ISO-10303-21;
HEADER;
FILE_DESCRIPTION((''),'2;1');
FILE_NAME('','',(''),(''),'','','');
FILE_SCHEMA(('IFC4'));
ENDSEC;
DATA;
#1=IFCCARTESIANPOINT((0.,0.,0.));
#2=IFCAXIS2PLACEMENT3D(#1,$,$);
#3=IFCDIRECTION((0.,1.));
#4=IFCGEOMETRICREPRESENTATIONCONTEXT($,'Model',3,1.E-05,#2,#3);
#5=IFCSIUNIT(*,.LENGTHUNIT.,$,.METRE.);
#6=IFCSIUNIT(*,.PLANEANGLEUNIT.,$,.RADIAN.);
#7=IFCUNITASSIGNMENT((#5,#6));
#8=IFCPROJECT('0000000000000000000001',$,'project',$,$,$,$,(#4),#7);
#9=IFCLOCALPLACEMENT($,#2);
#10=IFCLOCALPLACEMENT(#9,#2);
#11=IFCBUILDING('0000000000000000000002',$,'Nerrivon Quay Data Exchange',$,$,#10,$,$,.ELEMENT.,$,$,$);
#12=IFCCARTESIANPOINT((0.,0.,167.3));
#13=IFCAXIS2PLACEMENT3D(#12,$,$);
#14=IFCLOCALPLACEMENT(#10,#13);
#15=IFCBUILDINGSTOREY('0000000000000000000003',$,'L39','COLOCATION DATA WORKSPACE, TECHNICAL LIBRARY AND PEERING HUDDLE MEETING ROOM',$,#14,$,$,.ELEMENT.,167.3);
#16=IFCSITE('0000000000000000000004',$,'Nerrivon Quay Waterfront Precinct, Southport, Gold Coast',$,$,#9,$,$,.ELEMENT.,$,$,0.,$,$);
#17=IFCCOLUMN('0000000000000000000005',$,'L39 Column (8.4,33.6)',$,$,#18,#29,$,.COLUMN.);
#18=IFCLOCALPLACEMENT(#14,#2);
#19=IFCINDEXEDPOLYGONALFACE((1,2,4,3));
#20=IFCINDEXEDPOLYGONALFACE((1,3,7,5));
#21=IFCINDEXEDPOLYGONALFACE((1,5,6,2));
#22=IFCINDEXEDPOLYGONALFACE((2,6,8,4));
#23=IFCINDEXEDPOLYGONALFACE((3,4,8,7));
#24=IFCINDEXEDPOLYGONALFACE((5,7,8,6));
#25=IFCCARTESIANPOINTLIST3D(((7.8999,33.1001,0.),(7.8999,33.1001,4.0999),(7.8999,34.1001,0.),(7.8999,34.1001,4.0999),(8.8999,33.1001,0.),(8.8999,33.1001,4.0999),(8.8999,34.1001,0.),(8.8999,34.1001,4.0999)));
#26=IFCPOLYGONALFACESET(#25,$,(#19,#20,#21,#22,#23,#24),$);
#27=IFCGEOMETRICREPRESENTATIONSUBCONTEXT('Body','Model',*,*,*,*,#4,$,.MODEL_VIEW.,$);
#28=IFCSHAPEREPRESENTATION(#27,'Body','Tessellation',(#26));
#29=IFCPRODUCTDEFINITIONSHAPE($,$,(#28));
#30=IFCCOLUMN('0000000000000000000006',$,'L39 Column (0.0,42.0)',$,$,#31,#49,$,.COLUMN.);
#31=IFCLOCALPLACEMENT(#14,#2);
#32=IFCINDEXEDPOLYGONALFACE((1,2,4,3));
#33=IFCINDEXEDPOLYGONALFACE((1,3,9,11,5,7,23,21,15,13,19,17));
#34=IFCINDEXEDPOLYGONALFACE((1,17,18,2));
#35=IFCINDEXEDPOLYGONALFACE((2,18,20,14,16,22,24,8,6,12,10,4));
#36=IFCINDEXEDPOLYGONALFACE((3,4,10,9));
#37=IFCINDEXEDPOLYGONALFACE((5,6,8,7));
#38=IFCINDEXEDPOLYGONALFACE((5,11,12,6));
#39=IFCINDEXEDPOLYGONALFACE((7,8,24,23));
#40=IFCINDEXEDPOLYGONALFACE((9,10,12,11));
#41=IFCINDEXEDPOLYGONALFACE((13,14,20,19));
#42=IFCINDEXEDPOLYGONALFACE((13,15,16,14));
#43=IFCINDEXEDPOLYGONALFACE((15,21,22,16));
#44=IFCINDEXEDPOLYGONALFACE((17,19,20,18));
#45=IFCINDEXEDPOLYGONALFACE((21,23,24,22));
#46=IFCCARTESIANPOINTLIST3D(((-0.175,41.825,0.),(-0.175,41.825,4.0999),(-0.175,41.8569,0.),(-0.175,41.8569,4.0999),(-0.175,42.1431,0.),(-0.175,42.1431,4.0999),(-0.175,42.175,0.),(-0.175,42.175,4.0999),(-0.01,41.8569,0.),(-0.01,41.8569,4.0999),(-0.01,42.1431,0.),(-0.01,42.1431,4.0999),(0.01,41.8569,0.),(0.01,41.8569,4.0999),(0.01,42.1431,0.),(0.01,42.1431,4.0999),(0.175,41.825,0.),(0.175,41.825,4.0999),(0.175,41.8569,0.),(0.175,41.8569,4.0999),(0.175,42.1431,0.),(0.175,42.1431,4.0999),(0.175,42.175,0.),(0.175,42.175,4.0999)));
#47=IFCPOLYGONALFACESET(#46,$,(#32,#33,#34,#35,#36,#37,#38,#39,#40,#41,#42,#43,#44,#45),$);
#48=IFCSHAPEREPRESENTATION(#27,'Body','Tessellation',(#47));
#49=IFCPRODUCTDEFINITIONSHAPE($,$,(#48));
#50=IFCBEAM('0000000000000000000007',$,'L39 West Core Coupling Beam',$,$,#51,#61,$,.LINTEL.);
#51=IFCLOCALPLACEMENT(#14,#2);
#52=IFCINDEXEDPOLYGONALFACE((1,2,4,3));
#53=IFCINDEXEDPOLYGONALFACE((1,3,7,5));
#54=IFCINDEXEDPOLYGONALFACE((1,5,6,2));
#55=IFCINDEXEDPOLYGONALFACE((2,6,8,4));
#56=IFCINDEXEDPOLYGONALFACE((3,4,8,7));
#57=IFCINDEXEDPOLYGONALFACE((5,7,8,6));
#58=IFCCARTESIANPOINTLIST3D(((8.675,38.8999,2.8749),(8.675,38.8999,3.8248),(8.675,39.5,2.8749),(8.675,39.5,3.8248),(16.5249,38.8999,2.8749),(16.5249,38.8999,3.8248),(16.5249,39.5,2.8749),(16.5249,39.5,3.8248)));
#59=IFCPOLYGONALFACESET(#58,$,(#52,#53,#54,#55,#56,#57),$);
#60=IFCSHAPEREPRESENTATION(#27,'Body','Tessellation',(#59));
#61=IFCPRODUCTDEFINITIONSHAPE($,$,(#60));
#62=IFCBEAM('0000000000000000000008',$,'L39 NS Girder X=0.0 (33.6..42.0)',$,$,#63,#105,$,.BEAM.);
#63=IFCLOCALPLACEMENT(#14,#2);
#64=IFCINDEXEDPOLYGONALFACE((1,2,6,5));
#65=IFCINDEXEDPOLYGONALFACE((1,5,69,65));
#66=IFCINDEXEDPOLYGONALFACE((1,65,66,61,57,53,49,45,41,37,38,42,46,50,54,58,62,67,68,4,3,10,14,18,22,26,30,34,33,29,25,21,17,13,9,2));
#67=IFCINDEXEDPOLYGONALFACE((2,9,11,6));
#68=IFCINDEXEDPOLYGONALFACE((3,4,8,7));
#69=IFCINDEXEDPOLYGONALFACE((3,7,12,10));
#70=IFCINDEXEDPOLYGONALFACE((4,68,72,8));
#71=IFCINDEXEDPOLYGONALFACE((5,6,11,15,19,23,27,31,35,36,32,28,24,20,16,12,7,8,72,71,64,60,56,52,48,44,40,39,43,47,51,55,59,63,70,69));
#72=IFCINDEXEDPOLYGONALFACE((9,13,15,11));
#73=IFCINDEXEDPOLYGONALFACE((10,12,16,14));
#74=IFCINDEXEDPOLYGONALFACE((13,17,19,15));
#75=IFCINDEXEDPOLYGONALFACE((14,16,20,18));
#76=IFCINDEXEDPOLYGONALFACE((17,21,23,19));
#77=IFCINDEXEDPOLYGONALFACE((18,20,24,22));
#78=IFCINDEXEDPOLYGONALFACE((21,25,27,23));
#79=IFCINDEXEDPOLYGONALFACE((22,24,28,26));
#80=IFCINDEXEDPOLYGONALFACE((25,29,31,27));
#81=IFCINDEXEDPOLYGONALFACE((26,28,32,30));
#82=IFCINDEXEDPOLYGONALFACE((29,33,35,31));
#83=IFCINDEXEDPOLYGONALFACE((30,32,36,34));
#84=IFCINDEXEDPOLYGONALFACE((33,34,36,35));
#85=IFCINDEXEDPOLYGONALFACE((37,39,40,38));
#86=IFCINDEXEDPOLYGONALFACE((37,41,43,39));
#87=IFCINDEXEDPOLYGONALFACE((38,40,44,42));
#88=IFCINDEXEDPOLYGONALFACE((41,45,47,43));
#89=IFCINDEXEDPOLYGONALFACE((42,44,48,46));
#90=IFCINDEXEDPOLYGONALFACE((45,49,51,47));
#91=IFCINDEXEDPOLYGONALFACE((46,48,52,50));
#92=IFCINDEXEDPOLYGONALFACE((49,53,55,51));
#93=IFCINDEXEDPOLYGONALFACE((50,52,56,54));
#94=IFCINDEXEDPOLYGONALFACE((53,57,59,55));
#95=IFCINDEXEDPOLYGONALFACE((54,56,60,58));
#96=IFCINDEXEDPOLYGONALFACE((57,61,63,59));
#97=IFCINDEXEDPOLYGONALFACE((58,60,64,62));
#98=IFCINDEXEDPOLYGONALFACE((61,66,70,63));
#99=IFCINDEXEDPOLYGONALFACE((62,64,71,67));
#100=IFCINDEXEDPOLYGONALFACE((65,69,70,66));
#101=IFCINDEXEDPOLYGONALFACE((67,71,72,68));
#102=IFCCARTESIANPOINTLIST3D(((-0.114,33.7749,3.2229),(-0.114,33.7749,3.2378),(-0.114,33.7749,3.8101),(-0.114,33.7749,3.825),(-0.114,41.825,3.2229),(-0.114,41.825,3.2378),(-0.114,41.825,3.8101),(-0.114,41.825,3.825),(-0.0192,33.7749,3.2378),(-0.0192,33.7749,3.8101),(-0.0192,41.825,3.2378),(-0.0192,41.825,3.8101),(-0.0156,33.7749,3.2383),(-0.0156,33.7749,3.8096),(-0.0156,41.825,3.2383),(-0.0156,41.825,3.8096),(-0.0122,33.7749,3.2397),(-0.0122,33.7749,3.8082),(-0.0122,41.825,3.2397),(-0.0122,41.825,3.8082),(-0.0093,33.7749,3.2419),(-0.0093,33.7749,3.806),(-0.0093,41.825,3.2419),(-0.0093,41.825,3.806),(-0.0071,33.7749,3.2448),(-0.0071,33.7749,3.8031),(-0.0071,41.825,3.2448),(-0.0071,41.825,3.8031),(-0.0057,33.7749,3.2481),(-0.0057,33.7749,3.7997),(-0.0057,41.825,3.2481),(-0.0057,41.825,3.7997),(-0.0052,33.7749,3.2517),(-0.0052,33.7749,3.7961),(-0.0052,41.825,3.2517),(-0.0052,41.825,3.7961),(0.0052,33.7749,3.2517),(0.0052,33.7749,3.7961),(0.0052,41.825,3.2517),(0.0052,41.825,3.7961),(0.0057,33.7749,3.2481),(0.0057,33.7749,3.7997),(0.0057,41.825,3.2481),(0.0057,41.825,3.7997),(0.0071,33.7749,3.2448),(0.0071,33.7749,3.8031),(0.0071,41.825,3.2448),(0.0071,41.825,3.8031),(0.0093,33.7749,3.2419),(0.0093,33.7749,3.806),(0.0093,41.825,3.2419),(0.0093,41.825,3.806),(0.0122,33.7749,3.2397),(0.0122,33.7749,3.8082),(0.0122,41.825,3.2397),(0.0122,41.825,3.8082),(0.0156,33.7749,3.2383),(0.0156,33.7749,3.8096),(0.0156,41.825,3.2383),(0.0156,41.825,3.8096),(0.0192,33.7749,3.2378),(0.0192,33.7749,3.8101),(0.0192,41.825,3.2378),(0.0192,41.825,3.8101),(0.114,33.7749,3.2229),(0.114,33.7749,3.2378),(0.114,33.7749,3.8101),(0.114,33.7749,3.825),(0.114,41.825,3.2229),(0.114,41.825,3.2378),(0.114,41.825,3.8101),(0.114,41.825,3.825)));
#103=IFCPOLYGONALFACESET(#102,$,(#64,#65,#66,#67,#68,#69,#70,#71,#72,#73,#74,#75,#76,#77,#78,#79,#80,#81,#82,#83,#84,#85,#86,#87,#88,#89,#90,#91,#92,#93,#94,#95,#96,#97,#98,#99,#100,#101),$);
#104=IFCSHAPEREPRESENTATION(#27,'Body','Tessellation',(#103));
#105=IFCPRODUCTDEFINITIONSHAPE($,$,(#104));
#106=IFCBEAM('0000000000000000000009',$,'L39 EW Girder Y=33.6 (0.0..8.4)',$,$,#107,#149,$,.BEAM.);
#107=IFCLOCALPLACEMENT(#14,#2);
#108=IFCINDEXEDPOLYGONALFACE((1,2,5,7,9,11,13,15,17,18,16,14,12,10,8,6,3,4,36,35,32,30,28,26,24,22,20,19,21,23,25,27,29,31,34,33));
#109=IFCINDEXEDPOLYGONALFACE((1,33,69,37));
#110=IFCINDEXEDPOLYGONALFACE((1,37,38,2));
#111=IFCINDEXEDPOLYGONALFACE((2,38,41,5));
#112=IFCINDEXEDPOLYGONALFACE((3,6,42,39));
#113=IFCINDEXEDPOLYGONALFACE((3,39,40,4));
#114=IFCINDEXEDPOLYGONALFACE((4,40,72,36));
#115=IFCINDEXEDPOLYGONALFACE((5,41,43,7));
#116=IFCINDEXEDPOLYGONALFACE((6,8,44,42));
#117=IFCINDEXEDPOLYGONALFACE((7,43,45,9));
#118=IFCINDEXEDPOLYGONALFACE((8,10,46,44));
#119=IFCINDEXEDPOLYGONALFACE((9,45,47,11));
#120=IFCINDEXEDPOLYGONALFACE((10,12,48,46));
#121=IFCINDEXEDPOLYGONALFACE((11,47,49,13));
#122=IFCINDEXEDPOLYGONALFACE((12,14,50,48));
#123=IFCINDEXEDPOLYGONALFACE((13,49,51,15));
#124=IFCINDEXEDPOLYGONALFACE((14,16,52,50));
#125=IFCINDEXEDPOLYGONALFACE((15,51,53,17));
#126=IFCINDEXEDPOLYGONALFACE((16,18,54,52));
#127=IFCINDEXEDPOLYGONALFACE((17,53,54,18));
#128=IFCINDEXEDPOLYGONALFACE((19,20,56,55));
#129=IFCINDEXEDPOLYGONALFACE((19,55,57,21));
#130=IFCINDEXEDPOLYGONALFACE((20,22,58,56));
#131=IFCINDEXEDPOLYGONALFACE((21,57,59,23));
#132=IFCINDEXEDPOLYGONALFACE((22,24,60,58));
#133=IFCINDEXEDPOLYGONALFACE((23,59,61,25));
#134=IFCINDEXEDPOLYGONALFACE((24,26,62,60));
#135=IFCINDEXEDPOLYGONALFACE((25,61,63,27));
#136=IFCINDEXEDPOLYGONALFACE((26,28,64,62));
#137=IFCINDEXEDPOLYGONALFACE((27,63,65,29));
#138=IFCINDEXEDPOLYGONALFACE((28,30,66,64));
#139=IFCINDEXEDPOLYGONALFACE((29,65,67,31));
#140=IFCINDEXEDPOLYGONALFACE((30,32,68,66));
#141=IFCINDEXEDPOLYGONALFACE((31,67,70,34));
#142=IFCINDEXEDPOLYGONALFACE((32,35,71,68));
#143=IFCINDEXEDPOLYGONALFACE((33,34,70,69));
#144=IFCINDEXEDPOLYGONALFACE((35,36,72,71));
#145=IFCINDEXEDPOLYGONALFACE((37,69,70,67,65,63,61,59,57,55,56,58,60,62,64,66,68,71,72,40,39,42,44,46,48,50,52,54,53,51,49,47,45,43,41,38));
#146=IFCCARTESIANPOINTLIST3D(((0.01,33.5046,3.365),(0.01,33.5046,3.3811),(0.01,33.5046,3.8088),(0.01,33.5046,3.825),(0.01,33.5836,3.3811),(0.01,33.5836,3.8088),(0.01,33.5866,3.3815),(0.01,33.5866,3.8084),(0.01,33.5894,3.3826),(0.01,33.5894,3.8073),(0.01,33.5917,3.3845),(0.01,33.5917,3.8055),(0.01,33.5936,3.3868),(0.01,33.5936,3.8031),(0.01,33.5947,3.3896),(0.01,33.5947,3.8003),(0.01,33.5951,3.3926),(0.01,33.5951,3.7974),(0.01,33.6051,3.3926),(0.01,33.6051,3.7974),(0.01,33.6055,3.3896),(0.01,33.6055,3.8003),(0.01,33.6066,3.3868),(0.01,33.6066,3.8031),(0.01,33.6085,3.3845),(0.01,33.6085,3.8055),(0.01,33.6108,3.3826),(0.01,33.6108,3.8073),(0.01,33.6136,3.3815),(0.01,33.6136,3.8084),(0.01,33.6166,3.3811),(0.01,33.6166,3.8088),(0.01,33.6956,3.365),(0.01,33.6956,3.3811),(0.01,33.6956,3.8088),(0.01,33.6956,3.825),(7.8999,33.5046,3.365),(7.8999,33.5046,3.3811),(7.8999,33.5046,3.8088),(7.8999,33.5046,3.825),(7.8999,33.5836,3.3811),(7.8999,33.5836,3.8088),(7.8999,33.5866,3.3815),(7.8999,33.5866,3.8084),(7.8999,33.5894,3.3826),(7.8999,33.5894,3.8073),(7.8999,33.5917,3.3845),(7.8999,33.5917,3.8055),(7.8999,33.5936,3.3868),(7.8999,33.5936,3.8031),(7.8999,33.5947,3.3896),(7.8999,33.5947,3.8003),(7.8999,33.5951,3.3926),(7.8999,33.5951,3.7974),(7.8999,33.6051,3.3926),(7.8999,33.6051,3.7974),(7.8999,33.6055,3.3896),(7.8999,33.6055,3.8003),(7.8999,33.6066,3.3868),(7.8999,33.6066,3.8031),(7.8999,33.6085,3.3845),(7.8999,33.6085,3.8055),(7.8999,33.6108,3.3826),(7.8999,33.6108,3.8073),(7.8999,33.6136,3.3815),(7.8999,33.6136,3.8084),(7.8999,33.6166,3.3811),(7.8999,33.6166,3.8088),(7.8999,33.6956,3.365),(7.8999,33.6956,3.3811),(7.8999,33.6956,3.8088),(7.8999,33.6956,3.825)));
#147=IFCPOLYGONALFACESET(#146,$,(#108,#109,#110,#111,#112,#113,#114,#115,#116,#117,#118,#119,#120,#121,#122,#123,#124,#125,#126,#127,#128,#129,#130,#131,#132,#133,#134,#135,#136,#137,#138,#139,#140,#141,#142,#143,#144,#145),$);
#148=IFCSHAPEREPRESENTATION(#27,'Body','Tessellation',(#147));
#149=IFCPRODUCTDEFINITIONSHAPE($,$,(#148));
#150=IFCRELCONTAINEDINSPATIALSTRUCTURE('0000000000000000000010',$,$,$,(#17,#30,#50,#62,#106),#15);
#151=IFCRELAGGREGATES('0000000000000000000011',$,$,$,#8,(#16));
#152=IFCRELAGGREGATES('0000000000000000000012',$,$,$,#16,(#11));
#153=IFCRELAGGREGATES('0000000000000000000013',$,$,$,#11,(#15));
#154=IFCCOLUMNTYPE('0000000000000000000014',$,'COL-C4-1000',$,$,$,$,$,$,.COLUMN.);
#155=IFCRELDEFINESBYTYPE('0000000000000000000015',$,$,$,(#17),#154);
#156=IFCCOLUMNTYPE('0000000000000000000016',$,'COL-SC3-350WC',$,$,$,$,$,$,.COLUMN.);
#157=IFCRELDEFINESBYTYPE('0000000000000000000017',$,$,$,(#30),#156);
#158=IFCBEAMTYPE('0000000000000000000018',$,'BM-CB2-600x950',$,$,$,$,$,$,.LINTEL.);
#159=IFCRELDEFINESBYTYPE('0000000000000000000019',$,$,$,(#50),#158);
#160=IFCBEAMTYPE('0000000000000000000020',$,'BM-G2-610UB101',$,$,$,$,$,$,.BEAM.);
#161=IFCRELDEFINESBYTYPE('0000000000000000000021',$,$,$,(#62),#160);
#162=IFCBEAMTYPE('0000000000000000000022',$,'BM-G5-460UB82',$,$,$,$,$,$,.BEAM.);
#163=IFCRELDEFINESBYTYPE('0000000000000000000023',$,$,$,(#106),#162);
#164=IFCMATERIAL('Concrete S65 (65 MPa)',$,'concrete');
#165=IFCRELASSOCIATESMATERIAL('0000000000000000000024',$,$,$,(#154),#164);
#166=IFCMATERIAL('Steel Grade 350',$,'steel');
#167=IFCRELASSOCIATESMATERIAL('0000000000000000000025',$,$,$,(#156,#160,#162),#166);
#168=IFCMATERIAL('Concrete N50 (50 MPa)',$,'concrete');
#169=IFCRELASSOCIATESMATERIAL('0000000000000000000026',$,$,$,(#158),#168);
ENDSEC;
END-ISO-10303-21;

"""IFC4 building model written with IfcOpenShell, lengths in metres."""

from ifc_helpers import new_model, si_unit, direction, frame, origin, origin_2d, place, context, subcontext, project, spatial, rectangle, i_section, extrude, material, material_profile, profile_set, type_object, element, save


model = new_model("IFC4")

# Units and contexts
model_context = context("Model", 3, precision=1e-05, world=origin(), true_north=direction((0.0, 1.0)))
body_context = subcontext(model_context, "Body", "Model", "MODEL_VIEW")
ifc_project = project(units=[si_unit("LENGTHUNIT", "METRE"), si_unit("PLANEANGLEUNIT", "RADIAN")], contexts=[model_context])

# Site, building, storey
site_placement = place(None, origin())
site = spatial("IfcSite", under=ifc_project, at=site_placement, Name="Nerrivon Quay Waterfront Precinct, Southport, Gold Coast", CompositionType="ELEMENT", RefElevation=0.0)
building_placement = place(site_placement, origin())
building = spatial("IfcBuilding", under=site, at=building_placement, Name="Nerrivon Quay Data Exchange", CompositionType="ELEMENT")
storey_placement = place(building_placement, frame((0.0, 0.0, 167.3)))
storey = spatial("IfcBuildingStorey", under=building, at=storey_placement, Name="L39", Description="COLOCATION DATA WORKSPACE, TECHNICAL LIBRARY AND PEERING HUDDLE MEETING ROOM", CompositionType="ELEMENT", Elevation=167.3)

# Columns
ifc_material_1 = material(Name="Concrete S65 (65 MPa)", Category="concrete")
ifc_material_profile_1 = material_profile(ifc_material_1, rectangle(XDim=1.0, YDim=1.0, at=origin_2d()), Name="RC-COL-1000x1000")
ifc_profile_set_1 = profile_set([ifc_material_profile_1], Name="Concrete S65 (65 MPa)")
column_type_1 = type_object("IfcColumnType", Name="COL-C4-1000", PredefinedType="COLUMN", material=ifc_profile_set_1)
column_1_placement = place(storey_placement, frame((8.3999, 33.6001, 0.0), z_axis=(0.0, 0.0, 1.0), x_axis=(1.0, 0.0, 0.0)))
element("IfcColumn", 1, at=column_1_placement, inside=storey, type_object=column_type_1, Name="L39 Column (8.4,33.6)", PredefinedType="COLUMN", context=body_context, shape_type="SweptSolid", body=[
    extrude(rectangle(XDim=1.0, YDim=1.0, at=origin_2d()), origin(), (0.0, 0.0, 1.0), 4.0999),
])
ifc_material_2 = material(Name="Steel Grade 350", Category="steel")
ifc_material_profile_2 = material_profile(ifc_material_2, i_section(OverallWidth=0.3501, OverallDepth=0.3501, WebThickness=0.02, FlangeThickness=0.032, at=origin_2d()), Name="350WC230")
ifc_profile_set_2 = profile_set([ifc_material_profile_2], Name="Steel Grade 350")
column_type_2 = type_object("IfcColumnType", Name="COL-SC3-350WC", PredefinedType="COLUMN", material=ifc_profile_set_2)
column_2_placement = place(storey_placement, frame((0.0, 42.0, 0.0), z_axis=(0.0, 0.0, 1.0), x_axis=(1.0, 0.0, 0.0)))
element("IfcColumn", 2, at=column_2_placement, inside=storey, type_object=column_type_2, Name="L39 Column (0.0,42.0)", PredefinedType="COLUMN", context=body_context, shape_type="SweptSolid", body=[
    extrude(i_section(OverallWidth=0.3501, OverallDepth=0.3501, WebThickness=0.02, FlangeThickness=0.032, at=origin_2d()), origin(), (0.0, 0.0, 1.0), 4.0999),
])

# Beams
ifc_material_3 = material(Name="Concrete N50 (50 MPa)", Category="concrete")
ifc_material_profile_3 = material_profile(ifc_material_3, rectangle(XDim=0.6001, YDim=0.95, at=origin_2d()), Name="RC-CB-600x950")
ifc_profile_set_3 = profile_set([ifc_material_profile_3], Name="Concrete N50 (50 MPa)")
beam_type_1 = type_object("IfcBeamType", Name="BM-CB2-600x950", PredefinedType="LINTEL", material=ifc_profile_set_3)
beam_1_placement = place(storey_placement, frame((8.675, 39.2, 3.3499), z_axis=(1.0, 0.0, 0.0), x_axis=(0.0, 1.0, 0.0)))
element("IfcBeam", 3, at=beam_1_placement, inside=storey, type_object=beam_type_1, Name="L39 West Core Coupling Beam", PredefinedType="LINTEL", context=body_context, shape_type="SweptSolid", body=[
    extrude(rectangle(XDim=0.6001, YDim=0.95, at=origin_2d()), origin(), (0.0, 0.0, 1.0), 7.8499),
])
ifc_material_profile_4 = material_profile(ifc_material_2, i_section(OverallWidth=0.228, OverallDepth=0.6021, WebThickness=0.0105, FlangeThickness=0.0149, FilletRadius=0.0139, at=origin_2d()), Name="610UB101")
ifc_profile_set_4 = profile_set([ifc_material_profile_4], Name="Steel Grade 350")
beam_type_2 = type_object("IfcBeamType", Name="BM-G2-610UB101", PredefinedType="BEAM", material=ifc_profile_set_4)
beam_2_placement = place(storey_placement, frame((0.0, 33.7749, 3.5239), z_axis=(0.0, 1.0, 0.0), x_axis=(-1.0, 0.0, 0.0)))
element("IfcBeam", 4, at=beam_2_placement, inside=storey, type_object=beam_type_2, Name="L39 NS Girder X=0.0 (33.6..42.0)", PredefinedType="BEAM", context=body_context, shape_type="SweptSolid", body=[
    extrude(i_section(OverallWidth=0.228, OverallDepth=0.6021, WebThickness=0.0105, FlangeThickness=0.0149, FilletRadius=0.0139, at=origin_2d()), origin(), (0.0, 0.0, 1.0), 8.05),
])
ifc_material_profile_5 = material_profile(ifc_material_2, i_section(OverallWidth=0.1909, OverallDepth=0.46, WebThickness=0.01, FlangeThickness=0.0161, FilletRadius=0.0115, at=origin_2d()), Name="460UB82.1")
ifc_profile_set_5 = profile_set([ifc_material_profile_5], Name="Steel Grade 350")
beam_type_3 = type_object("IfcBeamType", Name="BM-G5-460UB82", PredefinedType="BEAM", material=ifc_profile_set_5)
for number, where, z_axis, x_axis, name in (
    (5, (0.01, 33.6001, 3.595), (1.0, 0.0, 0.0), (0.0, 1.0, 0.0), "L39 EW Girder Y=33.6 (0.0..8.4)"),
):
    element("IfcBeam", number, at=place(storey_placement, frame(where, z_axis=z_axis, x_axis=x_axis)), inside=storey, type_object=beam_type_3, Name=name, PredefinedType="BEAM", context=body_context, shape_type="SweptSolid", body=[
        extrude(i_section(OverallWidth=0.1909, OverallDepth=0.46, WebThickness=0.01, FlangeThickness=0.0161, FilletRadius=0.0115, at=origin_2d()), origin(), (0.0, 0.0, 1.0), 7.8899),
    ])

save(model, "model.ifc")
